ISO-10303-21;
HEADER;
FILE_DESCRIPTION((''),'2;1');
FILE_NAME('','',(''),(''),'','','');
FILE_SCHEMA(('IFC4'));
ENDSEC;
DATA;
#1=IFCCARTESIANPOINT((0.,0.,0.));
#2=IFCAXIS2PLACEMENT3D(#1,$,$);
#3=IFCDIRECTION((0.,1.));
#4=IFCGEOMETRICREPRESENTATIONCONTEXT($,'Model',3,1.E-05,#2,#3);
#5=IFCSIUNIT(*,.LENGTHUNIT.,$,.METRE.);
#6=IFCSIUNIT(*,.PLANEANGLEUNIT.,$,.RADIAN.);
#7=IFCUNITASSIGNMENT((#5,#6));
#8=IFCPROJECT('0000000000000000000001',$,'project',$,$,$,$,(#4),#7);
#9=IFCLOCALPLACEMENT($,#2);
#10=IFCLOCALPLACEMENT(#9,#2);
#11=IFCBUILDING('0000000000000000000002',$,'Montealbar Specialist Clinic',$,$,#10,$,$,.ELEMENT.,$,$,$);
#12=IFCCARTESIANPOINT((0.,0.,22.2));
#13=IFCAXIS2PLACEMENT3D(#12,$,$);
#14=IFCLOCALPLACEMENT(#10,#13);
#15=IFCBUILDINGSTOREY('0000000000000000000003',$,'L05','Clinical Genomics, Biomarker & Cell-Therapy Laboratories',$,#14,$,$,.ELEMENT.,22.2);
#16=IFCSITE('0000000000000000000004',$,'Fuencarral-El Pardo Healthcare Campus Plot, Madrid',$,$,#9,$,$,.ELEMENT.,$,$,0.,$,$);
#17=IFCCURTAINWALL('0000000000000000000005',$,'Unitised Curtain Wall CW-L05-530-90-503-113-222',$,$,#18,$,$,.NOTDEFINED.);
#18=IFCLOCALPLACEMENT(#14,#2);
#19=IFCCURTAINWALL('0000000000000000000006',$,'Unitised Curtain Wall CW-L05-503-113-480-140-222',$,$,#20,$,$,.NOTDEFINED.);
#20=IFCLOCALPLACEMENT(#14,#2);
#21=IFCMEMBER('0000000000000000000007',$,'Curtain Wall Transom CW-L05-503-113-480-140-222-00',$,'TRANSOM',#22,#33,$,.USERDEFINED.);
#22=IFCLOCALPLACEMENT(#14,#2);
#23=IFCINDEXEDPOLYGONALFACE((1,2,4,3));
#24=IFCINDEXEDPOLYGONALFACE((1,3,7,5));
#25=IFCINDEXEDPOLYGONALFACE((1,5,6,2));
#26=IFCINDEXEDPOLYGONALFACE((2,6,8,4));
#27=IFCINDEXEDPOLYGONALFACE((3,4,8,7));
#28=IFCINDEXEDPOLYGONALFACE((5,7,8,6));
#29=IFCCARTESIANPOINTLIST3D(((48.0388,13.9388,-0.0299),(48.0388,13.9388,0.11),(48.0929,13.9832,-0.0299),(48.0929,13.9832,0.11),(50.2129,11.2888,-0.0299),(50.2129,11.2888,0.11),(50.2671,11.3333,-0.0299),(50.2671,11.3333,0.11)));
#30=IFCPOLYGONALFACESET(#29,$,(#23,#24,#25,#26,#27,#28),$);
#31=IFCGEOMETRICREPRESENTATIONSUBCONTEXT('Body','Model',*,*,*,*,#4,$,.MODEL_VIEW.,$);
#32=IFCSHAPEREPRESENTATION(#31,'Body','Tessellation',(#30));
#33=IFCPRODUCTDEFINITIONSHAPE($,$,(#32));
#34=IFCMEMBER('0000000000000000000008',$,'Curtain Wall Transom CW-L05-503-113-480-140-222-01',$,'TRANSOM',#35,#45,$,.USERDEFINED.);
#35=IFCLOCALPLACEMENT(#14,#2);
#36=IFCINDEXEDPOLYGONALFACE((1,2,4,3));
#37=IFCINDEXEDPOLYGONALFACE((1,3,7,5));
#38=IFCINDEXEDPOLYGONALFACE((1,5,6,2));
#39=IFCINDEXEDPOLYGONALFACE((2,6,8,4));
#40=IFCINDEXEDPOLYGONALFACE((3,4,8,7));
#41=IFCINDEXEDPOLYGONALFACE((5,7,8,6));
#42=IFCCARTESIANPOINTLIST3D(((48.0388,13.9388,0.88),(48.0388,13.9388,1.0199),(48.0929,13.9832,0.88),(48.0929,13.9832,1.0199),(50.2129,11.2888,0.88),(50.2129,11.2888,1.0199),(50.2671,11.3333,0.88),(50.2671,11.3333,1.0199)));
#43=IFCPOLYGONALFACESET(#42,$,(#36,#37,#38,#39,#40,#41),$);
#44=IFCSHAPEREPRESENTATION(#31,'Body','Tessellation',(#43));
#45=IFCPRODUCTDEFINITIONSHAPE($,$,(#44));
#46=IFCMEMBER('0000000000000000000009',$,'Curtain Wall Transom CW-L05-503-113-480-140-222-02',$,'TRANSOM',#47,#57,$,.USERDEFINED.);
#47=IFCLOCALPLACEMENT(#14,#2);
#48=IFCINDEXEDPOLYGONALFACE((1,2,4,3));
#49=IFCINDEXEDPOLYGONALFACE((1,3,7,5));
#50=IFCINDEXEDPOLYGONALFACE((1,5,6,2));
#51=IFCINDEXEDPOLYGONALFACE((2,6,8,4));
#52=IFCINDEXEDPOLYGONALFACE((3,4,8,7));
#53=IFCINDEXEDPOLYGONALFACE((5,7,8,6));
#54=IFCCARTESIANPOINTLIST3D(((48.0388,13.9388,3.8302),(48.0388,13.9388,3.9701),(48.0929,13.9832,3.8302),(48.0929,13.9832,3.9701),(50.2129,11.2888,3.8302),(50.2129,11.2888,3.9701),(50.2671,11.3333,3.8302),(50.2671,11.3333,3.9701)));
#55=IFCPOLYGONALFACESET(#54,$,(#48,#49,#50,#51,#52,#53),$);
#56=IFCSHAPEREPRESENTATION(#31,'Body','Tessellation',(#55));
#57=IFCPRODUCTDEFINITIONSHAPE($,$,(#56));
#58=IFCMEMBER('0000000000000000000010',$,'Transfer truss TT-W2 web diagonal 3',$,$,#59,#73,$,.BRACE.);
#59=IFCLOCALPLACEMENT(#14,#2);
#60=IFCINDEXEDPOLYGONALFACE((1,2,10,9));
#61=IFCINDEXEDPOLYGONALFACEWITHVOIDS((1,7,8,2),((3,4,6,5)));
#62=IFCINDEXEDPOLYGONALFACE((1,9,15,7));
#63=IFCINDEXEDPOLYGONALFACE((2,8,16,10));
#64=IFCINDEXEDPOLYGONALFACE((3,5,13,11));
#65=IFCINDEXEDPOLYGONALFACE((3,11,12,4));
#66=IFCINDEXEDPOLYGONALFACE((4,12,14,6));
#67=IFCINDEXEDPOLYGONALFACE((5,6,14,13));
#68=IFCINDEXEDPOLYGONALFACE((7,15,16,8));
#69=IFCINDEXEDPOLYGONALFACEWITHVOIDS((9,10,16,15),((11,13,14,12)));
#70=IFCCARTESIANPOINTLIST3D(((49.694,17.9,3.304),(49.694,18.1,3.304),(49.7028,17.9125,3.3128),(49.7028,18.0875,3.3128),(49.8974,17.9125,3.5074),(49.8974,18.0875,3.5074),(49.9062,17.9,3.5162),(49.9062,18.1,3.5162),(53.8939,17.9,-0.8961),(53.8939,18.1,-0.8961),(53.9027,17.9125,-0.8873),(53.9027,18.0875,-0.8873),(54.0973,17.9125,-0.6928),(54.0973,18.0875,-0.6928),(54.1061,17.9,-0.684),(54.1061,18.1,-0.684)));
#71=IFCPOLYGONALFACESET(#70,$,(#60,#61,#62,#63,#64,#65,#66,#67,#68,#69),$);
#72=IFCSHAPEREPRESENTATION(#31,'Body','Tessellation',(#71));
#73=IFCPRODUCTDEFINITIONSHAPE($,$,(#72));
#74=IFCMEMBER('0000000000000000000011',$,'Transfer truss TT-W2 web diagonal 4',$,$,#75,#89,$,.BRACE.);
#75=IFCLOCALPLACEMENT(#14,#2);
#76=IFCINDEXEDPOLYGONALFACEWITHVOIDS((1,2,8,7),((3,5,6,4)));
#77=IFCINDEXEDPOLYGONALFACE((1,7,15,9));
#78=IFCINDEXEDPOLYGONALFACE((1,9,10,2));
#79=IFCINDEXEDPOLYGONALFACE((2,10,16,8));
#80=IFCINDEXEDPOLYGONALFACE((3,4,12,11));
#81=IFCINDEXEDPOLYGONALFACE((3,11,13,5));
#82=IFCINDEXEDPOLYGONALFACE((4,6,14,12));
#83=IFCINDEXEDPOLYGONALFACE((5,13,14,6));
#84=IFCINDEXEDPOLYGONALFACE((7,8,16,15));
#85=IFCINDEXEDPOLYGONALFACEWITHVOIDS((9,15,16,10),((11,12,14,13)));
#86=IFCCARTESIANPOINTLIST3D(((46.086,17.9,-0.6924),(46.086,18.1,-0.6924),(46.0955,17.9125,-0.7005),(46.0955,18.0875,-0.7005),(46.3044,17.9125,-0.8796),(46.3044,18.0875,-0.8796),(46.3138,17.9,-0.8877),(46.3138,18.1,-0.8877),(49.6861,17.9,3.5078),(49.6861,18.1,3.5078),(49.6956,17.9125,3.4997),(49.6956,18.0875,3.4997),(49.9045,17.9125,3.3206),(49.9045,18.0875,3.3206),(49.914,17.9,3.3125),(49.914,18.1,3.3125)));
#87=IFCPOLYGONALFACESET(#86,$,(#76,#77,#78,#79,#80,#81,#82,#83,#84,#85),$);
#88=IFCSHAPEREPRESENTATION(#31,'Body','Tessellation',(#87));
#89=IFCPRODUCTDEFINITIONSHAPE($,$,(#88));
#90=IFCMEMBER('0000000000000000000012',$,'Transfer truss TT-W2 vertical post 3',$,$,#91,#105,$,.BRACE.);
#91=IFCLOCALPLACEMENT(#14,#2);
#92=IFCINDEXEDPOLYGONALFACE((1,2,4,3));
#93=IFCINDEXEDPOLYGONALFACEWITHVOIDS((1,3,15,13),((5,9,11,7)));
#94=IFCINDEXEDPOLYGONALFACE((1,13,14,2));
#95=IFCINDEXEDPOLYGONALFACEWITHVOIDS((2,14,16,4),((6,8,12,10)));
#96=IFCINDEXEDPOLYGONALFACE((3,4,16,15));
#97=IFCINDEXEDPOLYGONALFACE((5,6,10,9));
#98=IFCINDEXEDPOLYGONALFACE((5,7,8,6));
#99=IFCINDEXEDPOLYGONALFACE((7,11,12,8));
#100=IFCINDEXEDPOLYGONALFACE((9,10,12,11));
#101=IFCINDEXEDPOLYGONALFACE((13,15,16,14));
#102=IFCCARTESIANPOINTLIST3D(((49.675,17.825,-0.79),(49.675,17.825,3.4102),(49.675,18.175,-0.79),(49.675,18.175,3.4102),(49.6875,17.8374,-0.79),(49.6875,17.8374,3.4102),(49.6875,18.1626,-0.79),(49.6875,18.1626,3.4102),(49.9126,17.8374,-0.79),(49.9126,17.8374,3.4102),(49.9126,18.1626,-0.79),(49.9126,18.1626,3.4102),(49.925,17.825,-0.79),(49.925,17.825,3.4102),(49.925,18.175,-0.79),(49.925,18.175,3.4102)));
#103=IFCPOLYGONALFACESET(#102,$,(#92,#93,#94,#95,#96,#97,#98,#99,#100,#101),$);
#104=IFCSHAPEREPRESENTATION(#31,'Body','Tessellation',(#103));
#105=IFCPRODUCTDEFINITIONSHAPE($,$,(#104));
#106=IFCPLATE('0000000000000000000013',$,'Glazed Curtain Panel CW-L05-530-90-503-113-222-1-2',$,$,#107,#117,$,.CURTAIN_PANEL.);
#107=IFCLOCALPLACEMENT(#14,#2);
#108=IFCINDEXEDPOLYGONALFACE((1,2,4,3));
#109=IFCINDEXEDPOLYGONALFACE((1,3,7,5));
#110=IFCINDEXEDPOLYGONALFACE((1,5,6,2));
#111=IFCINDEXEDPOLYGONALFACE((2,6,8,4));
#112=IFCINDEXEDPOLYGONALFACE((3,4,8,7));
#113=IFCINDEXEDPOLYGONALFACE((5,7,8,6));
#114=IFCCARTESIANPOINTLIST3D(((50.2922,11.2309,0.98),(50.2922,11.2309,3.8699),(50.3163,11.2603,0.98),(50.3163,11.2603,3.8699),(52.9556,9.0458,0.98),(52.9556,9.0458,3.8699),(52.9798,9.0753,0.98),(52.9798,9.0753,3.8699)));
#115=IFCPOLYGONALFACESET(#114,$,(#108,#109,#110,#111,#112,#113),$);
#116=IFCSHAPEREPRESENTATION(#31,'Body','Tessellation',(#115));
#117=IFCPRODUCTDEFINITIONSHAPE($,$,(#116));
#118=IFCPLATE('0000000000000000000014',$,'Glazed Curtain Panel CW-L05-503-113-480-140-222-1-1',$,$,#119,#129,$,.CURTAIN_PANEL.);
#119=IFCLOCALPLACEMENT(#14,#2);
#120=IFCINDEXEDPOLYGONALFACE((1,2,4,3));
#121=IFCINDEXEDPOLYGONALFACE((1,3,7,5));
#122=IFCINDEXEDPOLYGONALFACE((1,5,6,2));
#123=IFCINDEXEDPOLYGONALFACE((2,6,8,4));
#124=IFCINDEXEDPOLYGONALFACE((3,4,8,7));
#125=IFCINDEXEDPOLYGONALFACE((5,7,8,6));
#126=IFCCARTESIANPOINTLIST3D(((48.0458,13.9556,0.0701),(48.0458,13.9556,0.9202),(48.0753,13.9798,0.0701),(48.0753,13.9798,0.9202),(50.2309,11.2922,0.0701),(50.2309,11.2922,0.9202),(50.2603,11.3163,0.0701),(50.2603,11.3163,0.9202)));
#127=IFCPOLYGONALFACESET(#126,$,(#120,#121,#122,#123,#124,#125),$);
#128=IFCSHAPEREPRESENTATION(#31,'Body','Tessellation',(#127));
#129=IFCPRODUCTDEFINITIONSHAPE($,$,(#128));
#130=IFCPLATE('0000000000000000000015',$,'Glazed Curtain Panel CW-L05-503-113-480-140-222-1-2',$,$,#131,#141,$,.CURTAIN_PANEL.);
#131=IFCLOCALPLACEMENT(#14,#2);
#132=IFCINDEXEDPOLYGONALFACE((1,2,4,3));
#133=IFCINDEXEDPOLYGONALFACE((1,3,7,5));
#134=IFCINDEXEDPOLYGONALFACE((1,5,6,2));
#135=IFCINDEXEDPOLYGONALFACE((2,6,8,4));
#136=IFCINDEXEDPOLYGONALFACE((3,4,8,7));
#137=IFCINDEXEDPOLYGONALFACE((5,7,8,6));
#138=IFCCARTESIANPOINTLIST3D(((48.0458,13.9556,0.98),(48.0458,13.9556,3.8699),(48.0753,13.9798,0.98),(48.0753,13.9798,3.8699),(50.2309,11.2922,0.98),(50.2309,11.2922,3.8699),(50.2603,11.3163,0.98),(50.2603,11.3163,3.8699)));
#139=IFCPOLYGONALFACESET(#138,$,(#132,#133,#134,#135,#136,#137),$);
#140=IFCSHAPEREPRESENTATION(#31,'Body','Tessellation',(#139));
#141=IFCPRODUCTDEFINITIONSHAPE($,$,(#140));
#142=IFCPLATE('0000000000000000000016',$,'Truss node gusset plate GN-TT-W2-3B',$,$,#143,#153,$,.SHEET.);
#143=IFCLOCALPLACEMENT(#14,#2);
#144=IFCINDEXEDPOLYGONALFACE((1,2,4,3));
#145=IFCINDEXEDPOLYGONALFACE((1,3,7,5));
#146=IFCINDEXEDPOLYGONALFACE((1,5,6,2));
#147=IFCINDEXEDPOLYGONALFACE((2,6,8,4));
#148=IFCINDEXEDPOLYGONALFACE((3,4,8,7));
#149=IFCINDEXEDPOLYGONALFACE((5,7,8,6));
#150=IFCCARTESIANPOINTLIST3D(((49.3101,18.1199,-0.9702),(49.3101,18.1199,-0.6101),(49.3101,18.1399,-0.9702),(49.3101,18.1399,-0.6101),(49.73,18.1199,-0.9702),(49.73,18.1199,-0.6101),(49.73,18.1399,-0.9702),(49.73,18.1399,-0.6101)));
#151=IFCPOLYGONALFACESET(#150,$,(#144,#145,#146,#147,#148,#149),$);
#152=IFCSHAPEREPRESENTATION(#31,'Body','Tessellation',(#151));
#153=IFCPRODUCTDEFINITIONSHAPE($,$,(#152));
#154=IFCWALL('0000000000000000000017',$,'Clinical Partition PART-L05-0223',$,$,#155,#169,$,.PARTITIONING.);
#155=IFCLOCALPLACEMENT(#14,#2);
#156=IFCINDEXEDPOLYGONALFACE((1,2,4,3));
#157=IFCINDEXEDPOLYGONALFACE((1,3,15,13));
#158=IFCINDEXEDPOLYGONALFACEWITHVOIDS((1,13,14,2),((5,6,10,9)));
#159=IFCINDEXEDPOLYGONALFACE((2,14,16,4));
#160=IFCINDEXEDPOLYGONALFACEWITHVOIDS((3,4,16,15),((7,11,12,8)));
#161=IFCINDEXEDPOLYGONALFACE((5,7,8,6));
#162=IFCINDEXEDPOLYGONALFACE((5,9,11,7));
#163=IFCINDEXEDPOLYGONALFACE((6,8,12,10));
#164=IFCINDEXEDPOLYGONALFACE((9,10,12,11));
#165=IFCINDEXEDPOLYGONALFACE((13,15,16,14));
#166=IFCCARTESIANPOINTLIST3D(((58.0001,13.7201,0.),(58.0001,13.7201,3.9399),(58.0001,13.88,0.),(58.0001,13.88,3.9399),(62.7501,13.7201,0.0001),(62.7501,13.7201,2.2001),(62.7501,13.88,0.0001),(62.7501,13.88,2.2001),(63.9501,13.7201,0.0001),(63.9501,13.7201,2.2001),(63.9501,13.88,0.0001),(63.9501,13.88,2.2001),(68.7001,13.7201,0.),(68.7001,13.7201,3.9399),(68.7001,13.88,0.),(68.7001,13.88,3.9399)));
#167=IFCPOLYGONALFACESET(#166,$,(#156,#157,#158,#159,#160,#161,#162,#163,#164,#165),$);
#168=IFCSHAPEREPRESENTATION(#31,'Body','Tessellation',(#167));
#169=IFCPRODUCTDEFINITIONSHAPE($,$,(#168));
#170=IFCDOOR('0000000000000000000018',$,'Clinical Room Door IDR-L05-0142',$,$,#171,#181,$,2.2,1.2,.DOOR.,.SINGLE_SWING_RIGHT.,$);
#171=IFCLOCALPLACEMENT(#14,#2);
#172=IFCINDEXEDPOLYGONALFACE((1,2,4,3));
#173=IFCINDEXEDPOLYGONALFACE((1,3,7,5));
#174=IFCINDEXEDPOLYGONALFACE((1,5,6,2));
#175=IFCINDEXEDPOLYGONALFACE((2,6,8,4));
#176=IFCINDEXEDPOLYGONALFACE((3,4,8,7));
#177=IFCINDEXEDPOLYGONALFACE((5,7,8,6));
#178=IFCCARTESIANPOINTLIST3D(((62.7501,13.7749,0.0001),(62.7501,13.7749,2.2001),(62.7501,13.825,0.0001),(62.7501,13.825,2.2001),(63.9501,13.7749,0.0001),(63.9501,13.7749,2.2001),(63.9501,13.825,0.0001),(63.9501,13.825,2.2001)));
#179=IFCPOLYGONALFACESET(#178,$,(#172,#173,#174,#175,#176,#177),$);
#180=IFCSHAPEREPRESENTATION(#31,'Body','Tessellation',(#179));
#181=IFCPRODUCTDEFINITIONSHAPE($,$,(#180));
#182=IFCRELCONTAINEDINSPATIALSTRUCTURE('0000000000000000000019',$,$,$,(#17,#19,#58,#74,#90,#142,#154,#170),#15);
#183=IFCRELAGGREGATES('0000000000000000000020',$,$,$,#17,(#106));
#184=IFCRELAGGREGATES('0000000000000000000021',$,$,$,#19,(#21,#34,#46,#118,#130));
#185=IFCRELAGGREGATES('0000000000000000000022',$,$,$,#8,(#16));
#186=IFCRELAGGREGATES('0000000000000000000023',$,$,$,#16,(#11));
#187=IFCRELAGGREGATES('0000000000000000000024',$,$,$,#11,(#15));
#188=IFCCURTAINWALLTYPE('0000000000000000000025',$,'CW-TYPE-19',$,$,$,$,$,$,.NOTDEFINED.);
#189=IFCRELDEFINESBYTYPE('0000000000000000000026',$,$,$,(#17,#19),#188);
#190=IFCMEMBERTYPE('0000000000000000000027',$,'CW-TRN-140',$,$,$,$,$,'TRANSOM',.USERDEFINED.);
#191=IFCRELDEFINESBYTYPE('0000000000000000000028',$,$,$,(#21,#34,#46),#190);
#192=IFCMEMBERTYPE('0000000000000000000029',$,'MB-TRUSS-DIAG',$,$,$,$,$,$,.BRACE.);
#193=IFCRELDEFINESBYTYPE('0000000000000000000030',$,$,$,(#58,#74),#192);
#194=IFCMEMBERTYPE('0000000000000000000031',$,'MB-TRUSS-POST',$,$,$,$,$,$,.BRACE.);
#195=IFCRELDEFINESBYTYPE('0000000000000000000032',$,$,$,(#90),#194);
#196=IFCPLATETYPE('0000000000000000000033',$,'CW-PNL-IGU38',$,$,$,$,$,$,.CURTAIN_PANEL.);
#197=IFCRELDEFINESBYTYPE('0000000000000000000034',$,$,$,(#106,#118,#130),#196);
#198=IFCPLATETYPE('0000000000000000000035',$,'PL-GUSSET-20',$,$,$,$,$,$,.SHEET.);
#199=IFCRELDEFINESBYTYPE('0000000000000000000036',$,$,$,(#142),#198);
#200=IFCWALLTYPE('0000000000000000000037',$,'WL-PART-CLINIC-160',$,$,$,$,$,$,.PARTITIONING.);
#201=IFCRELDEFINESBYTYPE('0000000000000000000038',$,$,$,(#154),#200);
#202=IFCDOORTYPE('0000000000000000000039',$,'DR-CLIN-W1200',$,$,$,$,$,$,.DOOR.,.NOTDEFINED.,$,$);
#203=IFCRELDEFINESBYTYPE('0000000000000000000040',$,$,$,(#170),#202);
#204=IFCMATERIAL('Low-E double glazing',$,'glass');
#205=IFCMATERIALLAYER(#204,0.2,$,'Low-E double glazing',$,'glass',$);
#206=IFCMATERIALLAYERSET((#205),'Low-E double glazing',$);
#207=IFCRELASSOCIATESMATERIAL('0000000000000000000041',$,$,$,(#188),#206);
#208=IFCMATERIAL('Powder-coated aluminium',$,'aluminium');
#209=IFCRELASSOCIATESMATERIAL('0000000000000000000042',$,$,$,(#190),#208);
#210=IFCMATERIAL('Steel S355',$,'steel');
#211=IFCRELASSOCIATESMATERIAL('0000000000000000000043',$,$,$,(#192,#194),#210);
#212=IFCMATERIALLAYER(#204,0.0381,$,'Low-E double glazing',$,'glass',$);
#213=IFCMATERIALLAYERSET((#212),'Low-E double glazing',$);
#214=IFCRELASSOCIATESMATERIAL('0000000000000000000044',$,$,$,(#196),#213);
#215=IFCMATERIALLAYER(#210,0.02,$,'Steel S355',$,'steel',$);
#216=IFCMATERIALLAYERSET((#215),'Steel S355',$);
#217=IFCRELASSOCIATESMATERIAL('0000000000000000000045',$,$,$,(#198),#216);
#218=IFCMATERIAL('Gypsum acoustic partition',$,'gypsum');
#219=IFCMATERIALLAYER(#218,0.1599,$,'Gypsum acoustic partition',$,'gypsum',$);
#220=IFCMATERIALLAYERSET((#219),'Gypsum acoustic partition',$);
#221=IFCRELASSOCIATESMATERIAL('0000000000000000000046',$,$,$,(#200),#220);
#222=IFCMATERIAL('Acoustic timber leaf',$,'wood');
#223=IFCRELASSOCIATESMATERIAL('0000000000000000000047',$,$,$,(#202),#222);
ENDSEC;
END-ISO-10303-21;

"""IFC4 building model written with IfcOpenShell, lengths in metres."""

from ifc_helpers import new_model, si_unit, direction, frame, frame_2d, origin, origin_2d, place, context, subcontext, project, spatial, rectangle, hollow_rectangle, extrude, material, layer, layer_set, material_profile, profile_set, type_object, element, fill, aggregate, save


model = new_model("IFC4")

# Units and contexts
model_context = context("Model", 3, precision=1e-05, world=origin(), true_north=direction((0.0, 1.0)))
body_context = subcontext(model_context, "Body", "Model", "MODEL_VIEW")
ifc_project = project(units=[si_unit("LENGTHUNIT", "METRE"), si_unit("PLANEANGLEUNIT", "RADIAN")], contexts=[model_context])

# Site, building, storey
site_placement = place(None, origin())
site = spatial("IfcSite", under=ifc_project, at=site_placement, Name="Fuencarral-El Pardo Healthcare Campus Plot, Madrid", CompositionType="ELEMENT", RefElevation=0.0)
building_placement = place(site_placement, origin())
building = spatial("IfcBuilding", under=site, at=building_placement, Name="Montealbar Specialist Clinic", CompositionType="ELEMENT")
storey_placement = place(building_placement, frame((0.0, 0.0, 22.2)))
storey = spatial("IfcBuildingStorey", under=building, at=storey_placement, Name="L05", Description="Clinical Genomics, Biomarker & Cell-Therapy Laboratories", CompositionType="ELEMENT", Elevation=22.2)

# Shared definitions
ifc_material_1 = material(Name="Steel S355", Category="steel")

# Curtain wall
ifc_material_2 = material(Name="Low-E double glazing", Category="glass")
ifc_layer_1 = layer(ifc_material_2, 0.2, Name="Low-E double glazing", Category="glass")
ifc_layer_set_1 = layer_set([ifc_layer_1], Name="Low-E double glazing")
curtain_wall_type = type_object("IfcCurtainWallType", Name="CW-TYPE-19", PredefinedType="NOTDEFINED", material=ifc_layer_set_1)
curtain_wall_1_placement = place(storey_placement, origin())
curtain_wall_1 = element("IfcCurtainWall", 1, at=curtain_wall_1_placement, inside=storey, type_object=curtain_wall_type, Name="Unitised Curtain Wall CW-L05-530-90-503-113-222", PredefinedType="NOTDEFINED")

# Curtain wall
curtain_wall_2_placement = place(storey_placement, origin())
curtain_wall_2 = element("IfcCurtainWall", 2, at=curtain_wall_2_placement, inside=storey, type_object=curtain_wall_type, Name="Unitised Curtain Wall CW-L05-503-113-480-140-222", PredefinedType="NOTDEFINED")

# Members
ifc_material_3 = material(Name="Powder-coated aluminium", Category="aluminium")
ifc_material_profile_1 = material_profile(ifc_material_3, rectangle(XDim=0.0701, YDim=0.1399, at=origin_2d()), Name="ALU 70x140", Category="aluminium")
ifc_profile_set_1 = profile_set([ifc_material_profile_1], Name="Powder-coated aluminium")
member_type_1 = type_object("IfcMemberType", Name="CW-TRN-140", ElementType="TRANSOM", PredefinedType="USERDEFINED", material=ifc_profile_set_1)
member_1_placement = place(storey_placement, frame((50.24, 11.311, 0.04), z_axis=(-0.634281, 0.773103, 0.0), x_axis=(-0.773103, -0.634281, 0.0)))
member_1 = element("IfcMember", 3, at=member_1_placement, type_object=member_type_1, Name="Curtain Wall Transom CW-L05-503-113-480-140-222-00", ObjectType="TRANSOM", PredefinedType="USERDEFINED", context=body_context, shape_type="SweptSolid", body=[
    extrude(rectangle(XDim=0.0701, YDim=0.1399, at=origin_2d()), origin(), (0.0, 0.0, 1.0), 3.4277),
])
member_2_placement = place(storey_placement, frame((50.24, 11.311, 0.95), z_axis=(-0.634281, 0.773103, 0.0), x_axis=(-0.773103, -0.634281, 0.0)))
member_2 = element("IfcMember", 4, at=member_2_placement, type_object=member_type_1, Name="Curtain Wall Transom CW-L05-503-113-480-140-222-01", ObjectType="TRANSOM", PredefinedType="USERDEFINED", context=body_context, shape_type="SweptSolid", body=[
    extrude(rectangle(XDim=0.0701, YDim=0.1399, at=origin_2d()), origin(), (0.0, 0.0, 1.0), 3.4277),
])
member_3_placement = place(storey_placement, frame((50.24, 11.311, 3.9001), z_axis=(-0.634281, 0.773103, 0.0), x_axis=(-0.773103, -0.634281, 0.0)))
member_3 = element("IfcMember", 5, at=member_3_placement, type_object=member_type_1, Name="Curtain Wall Transom CW-L05-503-113-480-140-222-02", ObjectType="TRANSOM", PredefinedType="USERDEFINED", context=body_context, shape_type="SweptSolid", body=[
    extrude(rectangle(XDim=0.0701, YDim=0.1399, at=origin_2d()), origin(), (0.0, 0.0, 1.0), 3.4277),
])

# Members
ifc_material_profile_2 = material_profile(ifc_material_1, hollow_rectangle(XDim=0.2, YDim=0.3, WallThickness=0.0125, at=origin_2d()), Name="RHS 300x200x12.5", Category="steel")
ifc_profile_set_2 = profile_set([ifc_material_profile_2], Name="Steel S355")
member_type_2 = type_object("IfcMemberType", Name="MB-TRUSS-DIAG", PredefinedType="BRACE", material=ifc_profile_set_2)
member_4_placement = place(storey_placement, frame((54.0, 18.0, -0.79), z_axis=(-0.707086, 0.0, 0.707127), x_axis=(0.0, -1.0, 0.0)))
element("IfcMember", 6, at=member_4_placement, inside=storey, type_object=member_type_2, Name="Transfer truss TT-W2 web diagonal 3", PredefinedType="BRACE", context=body_context, shape_type="SweptSolid", body=[
    extrude(hollow_rectangle(XDim=0.2, YDim=0.3, WallThickness=0.0125, at=origin_2d()), origin(), (0.0, 0.0, 1.0), 5.9397),
])
member_5_placement = place(storey_placement, frame((49.8, 18.0, 3.4102), z_axis=(-0.650784, 0.0, -0.759263), x_axis=(0.0, -1.0, 0.0)))
element("IfcMember", 7, at=member_5_placement, inside=storey, type_object=member_type_2, Name="Transfer truss TT-W2 web diagonal 4", PredefinedType="BRACE", context=body_context, shape_type="SweptSolid", body=[
    extrude(hollow_rectangle(XDim=0.2, YDim=0.3, WallThickness=0.0125, at=origin_2d()), origin(), (0.0, 0.0, 1.0), 5.532),
])
ifc_material_profile_3 = material_profile(ifc_material_1, hollow_rectangle(XDim=0.25, YDim=0.3501, WallThickness=0.0125, at=origin_2d()), Name="RHS 350x250x12.5", Category="steel")
ifc_profile_set_3 = profile_set([ifc_material_profile_3], Name="Steel S355")
member_type_3 = type_object("IfcMemberType", Name="MB-TRUSS-POST", PredefinedType="BRACE", material=ifc_profile_set_3)
member_6_placement = place(storey_placement, frame((49.8, 18.0, -0.79), z_axis=(0.0, 0.0, 1.0), x_axis=(1.0, 0.0, 0.0)))
element("IfcMember", 8, at=member_6_placement, inside=storey, type_object=member_type_3, Name="Transfer truss TT-W2 vertical post 3", PredefinedType="BRACE", context=body_context, shape_type="SweptSolid", body=[
    extrude(hollow_rectangle(XDim=0.25, YDim=0.3501, WallThickness=0.0125, at=origin_2d()), origin(), (0.0, 0.0, 1.0), 4.2002),
])

# Plates
ifc_layer_2 = layer(ifc_material_2, 0.0381, Name="Low-E double glazing", Category="glass")
ifc_layer_set_2 = layer_set([ifc_layer_2], Name="Low-E double glazing")
plate_type_1 = type_object("IfcPlateType", Name="CW-PNL-IGU38", PredefinedType="CURTAIN_PANEL", material=ifc_layer_set_2)
plate_1_placement = place(storey_placement, frame((51.636, 10.1531, 0.98), z_axis=(0.0, 0.0, 1.0), x_axis=(-0.773123, 0.634256, 0.0)))
plate_1 = element("IfcPlate", 9, at=plate_1_placement, type_object=plate_type_1, Name="Glazed Curtain Panel CW-L05-530-90-503-113-222-1-2", PredefinedType="CURTAIN_PANEL", context=body_context, shape_type="SweptSolid", body=[
    extrude(rectangle(XDim=3.4451, YDim=0.0381, at=origin_2d()), origin(), (0.0, 0.0, 1.0), 2.8899),
])
aggregate(curtain_wall_1, [plate_1])
plate_2_placement = place(storey_placement, frame((49.1531, 12.636, 0.0701), z_axis=(0.0, 0.0, 1.0), x_axis=(-0.634256, 0.773123, 0.0)))
plate_2 = element("IfcPlate", 10, at=plate_2_placement, type_object=plate_type_1, Name="Glazed Curtain Panel CW-L05-503-113-480-140-222-1-1", PredefinedType="CURTAIN_PANEL", context=body_context, shape_type="SweptSolid", body=[
    extrude(rectangle(XDim=3.4451, YDim=0.0381, at=origin_2d()), origin(), (0.0, 0.0, 1.0), 0.8501),
])
plate_3_placement = place(storey_placement, frame((49.1531, 12.636, 0.98), z_axis=(0.0, 0.0, 1.0), x_axis=(-0.634256, 0.773123, 0.0)))
plate_3 = element("IfcPlate", 11, at=plate_3_placement, type_object=plate_type_1, Name="Glazed Curtain Panel CW-L05-503-113-480-140-222-1-2", PredefinedType="CURTAIN_PANEL", context=body_context, shape_type="SweptSolid", body=[
    extrude(rectangle(XDim=3.4451, YDim=0.0381, at=origin_2d()), origin(), (0.0, 0.0, 1.0), 2.8899),
])
aggregate(curtain_wall_2, [member_1, member_2, member_3, plate_2, plate_3])
ifc_layer_3 = layer(ifc_material_1, 0.02, Name="Steel S355", Category="steel")
ifc_layer_set_3 = layer_set([ifc_layer_3], Name="Steel S355")
plate_type_2 = type_object("IfcPlateType", Name="PL-GUSSET-20", PredefinedType="SHEET", material=ifc_layer_set_3)
plate_4_placement = place(storey_placement, frame((49.52, 18.1299, -0.9702), z_axis=(0.0, 0.0, 1.0), x_axis=(1.0, 0.0, 0.0)))
element("IfcPlate", 12, at=plate_4_placement, inside=storey, type_object=plate_type_2, Name="Truss node gusset plate GN-TT-W2-3B", PredefinedType="SHEET", context=body_context, shape_type="SweptSolid", body=[
    extrude(rectangle(XDim=0.4199, YDim=0.02, at=origin_2d()), origin(), (0.0, 0.0, 1.0), 0.3601),
])

# Wall, opening, door
ifc_material_4 = material(Name="Gypsum acoustic partition", Category="gypsum")
ifc_layer_4 = layer(ifc_material_4, 0.1599, Name="Gypsum acoustic partition", Category="gypsum")
ifc_layer_set_4 = layer_set([ifc_layer_4], Name="Gypsum acoustic partition")
wall_type = type_object("IfcWallType", Name="WL-PART-CLINIC-160", PredefinedType="PARTITIONING", material=ifc_layer_set_4)
wall_placement = place(storey_placement, frame((58.0, 13.8, 0.0), z_axis=(0.0, 0.0, 1.0), x_axis=(1.0, 0.0, 0.0)))
wall = element("IfcWall", 13, at=wall_placement, inside=storey, type_object=wall_type, Name="Clinical Partition PART-L05-0223", PredefinedType="PARTITIONING", context=body_context, shape_type="SweptSolid", body=[
    extrude(rectangle(XDim=10.7, YDim=0.1599, at=frame_2d((5.3501, 0.0))), origin(), (0.0, 0.0, 1.0), 3.9399),
])
opening_placement = place(wall_placement, frame((4.75, 0.0, 0.0)))
opening = element("IfcOpeningElement", 14, at=opening_placement, cuts=wall, PredefinedType="OPENING", context=body_context, shape_type="SweptSolid", body=[
    extrude(rectangle(XDim=1.2, YDim=2.2, at=frame_2d((0.6001, 1.1001))), frame((0.0, 0.0898, 0.0), z_axis=(0.0, -1.0, 0.0), x_axis=(1.0, 0.0, 0.0)), (0.0, 0.0, 1.0), 0.1799),
])
ifc_material_5 = material(Name="Acoustic timber leaf", Category="wood")
door_type = type_object("IfcDoorType", Name="DR-CLIN-W1200", OperationType="NOTDEFINED", PredefinedType="DOOR", material=ifc_material_5)
door_placement = place(opening_placement, origin())
door = element("IfcDoor", 15, at=door_placement, inside=storey, type_object=door_type, Name="Clinical Room Door IDR-L05-0142", OperationType="SINGLE_SWING_RIGHT", OverallHeight=2.2, OverallWidth=1.2, PredefinedType="DOOR", context=body_context, shape_type="SweptSolid", body=[
    extrude(rectangle(XDim=1.2, YDim=2.2, at=frame_2d((0.6001, 1.1001))), frame((0.0, 0.0249, 0.0), z_axis=(0.0, -1.0, 0.0), x_axis=(1.0, 0.0, 0.0)), (0.0, 0.0, 1.0), 0.05),
])
fill(opening, door)

save(model, "model.ifc")
